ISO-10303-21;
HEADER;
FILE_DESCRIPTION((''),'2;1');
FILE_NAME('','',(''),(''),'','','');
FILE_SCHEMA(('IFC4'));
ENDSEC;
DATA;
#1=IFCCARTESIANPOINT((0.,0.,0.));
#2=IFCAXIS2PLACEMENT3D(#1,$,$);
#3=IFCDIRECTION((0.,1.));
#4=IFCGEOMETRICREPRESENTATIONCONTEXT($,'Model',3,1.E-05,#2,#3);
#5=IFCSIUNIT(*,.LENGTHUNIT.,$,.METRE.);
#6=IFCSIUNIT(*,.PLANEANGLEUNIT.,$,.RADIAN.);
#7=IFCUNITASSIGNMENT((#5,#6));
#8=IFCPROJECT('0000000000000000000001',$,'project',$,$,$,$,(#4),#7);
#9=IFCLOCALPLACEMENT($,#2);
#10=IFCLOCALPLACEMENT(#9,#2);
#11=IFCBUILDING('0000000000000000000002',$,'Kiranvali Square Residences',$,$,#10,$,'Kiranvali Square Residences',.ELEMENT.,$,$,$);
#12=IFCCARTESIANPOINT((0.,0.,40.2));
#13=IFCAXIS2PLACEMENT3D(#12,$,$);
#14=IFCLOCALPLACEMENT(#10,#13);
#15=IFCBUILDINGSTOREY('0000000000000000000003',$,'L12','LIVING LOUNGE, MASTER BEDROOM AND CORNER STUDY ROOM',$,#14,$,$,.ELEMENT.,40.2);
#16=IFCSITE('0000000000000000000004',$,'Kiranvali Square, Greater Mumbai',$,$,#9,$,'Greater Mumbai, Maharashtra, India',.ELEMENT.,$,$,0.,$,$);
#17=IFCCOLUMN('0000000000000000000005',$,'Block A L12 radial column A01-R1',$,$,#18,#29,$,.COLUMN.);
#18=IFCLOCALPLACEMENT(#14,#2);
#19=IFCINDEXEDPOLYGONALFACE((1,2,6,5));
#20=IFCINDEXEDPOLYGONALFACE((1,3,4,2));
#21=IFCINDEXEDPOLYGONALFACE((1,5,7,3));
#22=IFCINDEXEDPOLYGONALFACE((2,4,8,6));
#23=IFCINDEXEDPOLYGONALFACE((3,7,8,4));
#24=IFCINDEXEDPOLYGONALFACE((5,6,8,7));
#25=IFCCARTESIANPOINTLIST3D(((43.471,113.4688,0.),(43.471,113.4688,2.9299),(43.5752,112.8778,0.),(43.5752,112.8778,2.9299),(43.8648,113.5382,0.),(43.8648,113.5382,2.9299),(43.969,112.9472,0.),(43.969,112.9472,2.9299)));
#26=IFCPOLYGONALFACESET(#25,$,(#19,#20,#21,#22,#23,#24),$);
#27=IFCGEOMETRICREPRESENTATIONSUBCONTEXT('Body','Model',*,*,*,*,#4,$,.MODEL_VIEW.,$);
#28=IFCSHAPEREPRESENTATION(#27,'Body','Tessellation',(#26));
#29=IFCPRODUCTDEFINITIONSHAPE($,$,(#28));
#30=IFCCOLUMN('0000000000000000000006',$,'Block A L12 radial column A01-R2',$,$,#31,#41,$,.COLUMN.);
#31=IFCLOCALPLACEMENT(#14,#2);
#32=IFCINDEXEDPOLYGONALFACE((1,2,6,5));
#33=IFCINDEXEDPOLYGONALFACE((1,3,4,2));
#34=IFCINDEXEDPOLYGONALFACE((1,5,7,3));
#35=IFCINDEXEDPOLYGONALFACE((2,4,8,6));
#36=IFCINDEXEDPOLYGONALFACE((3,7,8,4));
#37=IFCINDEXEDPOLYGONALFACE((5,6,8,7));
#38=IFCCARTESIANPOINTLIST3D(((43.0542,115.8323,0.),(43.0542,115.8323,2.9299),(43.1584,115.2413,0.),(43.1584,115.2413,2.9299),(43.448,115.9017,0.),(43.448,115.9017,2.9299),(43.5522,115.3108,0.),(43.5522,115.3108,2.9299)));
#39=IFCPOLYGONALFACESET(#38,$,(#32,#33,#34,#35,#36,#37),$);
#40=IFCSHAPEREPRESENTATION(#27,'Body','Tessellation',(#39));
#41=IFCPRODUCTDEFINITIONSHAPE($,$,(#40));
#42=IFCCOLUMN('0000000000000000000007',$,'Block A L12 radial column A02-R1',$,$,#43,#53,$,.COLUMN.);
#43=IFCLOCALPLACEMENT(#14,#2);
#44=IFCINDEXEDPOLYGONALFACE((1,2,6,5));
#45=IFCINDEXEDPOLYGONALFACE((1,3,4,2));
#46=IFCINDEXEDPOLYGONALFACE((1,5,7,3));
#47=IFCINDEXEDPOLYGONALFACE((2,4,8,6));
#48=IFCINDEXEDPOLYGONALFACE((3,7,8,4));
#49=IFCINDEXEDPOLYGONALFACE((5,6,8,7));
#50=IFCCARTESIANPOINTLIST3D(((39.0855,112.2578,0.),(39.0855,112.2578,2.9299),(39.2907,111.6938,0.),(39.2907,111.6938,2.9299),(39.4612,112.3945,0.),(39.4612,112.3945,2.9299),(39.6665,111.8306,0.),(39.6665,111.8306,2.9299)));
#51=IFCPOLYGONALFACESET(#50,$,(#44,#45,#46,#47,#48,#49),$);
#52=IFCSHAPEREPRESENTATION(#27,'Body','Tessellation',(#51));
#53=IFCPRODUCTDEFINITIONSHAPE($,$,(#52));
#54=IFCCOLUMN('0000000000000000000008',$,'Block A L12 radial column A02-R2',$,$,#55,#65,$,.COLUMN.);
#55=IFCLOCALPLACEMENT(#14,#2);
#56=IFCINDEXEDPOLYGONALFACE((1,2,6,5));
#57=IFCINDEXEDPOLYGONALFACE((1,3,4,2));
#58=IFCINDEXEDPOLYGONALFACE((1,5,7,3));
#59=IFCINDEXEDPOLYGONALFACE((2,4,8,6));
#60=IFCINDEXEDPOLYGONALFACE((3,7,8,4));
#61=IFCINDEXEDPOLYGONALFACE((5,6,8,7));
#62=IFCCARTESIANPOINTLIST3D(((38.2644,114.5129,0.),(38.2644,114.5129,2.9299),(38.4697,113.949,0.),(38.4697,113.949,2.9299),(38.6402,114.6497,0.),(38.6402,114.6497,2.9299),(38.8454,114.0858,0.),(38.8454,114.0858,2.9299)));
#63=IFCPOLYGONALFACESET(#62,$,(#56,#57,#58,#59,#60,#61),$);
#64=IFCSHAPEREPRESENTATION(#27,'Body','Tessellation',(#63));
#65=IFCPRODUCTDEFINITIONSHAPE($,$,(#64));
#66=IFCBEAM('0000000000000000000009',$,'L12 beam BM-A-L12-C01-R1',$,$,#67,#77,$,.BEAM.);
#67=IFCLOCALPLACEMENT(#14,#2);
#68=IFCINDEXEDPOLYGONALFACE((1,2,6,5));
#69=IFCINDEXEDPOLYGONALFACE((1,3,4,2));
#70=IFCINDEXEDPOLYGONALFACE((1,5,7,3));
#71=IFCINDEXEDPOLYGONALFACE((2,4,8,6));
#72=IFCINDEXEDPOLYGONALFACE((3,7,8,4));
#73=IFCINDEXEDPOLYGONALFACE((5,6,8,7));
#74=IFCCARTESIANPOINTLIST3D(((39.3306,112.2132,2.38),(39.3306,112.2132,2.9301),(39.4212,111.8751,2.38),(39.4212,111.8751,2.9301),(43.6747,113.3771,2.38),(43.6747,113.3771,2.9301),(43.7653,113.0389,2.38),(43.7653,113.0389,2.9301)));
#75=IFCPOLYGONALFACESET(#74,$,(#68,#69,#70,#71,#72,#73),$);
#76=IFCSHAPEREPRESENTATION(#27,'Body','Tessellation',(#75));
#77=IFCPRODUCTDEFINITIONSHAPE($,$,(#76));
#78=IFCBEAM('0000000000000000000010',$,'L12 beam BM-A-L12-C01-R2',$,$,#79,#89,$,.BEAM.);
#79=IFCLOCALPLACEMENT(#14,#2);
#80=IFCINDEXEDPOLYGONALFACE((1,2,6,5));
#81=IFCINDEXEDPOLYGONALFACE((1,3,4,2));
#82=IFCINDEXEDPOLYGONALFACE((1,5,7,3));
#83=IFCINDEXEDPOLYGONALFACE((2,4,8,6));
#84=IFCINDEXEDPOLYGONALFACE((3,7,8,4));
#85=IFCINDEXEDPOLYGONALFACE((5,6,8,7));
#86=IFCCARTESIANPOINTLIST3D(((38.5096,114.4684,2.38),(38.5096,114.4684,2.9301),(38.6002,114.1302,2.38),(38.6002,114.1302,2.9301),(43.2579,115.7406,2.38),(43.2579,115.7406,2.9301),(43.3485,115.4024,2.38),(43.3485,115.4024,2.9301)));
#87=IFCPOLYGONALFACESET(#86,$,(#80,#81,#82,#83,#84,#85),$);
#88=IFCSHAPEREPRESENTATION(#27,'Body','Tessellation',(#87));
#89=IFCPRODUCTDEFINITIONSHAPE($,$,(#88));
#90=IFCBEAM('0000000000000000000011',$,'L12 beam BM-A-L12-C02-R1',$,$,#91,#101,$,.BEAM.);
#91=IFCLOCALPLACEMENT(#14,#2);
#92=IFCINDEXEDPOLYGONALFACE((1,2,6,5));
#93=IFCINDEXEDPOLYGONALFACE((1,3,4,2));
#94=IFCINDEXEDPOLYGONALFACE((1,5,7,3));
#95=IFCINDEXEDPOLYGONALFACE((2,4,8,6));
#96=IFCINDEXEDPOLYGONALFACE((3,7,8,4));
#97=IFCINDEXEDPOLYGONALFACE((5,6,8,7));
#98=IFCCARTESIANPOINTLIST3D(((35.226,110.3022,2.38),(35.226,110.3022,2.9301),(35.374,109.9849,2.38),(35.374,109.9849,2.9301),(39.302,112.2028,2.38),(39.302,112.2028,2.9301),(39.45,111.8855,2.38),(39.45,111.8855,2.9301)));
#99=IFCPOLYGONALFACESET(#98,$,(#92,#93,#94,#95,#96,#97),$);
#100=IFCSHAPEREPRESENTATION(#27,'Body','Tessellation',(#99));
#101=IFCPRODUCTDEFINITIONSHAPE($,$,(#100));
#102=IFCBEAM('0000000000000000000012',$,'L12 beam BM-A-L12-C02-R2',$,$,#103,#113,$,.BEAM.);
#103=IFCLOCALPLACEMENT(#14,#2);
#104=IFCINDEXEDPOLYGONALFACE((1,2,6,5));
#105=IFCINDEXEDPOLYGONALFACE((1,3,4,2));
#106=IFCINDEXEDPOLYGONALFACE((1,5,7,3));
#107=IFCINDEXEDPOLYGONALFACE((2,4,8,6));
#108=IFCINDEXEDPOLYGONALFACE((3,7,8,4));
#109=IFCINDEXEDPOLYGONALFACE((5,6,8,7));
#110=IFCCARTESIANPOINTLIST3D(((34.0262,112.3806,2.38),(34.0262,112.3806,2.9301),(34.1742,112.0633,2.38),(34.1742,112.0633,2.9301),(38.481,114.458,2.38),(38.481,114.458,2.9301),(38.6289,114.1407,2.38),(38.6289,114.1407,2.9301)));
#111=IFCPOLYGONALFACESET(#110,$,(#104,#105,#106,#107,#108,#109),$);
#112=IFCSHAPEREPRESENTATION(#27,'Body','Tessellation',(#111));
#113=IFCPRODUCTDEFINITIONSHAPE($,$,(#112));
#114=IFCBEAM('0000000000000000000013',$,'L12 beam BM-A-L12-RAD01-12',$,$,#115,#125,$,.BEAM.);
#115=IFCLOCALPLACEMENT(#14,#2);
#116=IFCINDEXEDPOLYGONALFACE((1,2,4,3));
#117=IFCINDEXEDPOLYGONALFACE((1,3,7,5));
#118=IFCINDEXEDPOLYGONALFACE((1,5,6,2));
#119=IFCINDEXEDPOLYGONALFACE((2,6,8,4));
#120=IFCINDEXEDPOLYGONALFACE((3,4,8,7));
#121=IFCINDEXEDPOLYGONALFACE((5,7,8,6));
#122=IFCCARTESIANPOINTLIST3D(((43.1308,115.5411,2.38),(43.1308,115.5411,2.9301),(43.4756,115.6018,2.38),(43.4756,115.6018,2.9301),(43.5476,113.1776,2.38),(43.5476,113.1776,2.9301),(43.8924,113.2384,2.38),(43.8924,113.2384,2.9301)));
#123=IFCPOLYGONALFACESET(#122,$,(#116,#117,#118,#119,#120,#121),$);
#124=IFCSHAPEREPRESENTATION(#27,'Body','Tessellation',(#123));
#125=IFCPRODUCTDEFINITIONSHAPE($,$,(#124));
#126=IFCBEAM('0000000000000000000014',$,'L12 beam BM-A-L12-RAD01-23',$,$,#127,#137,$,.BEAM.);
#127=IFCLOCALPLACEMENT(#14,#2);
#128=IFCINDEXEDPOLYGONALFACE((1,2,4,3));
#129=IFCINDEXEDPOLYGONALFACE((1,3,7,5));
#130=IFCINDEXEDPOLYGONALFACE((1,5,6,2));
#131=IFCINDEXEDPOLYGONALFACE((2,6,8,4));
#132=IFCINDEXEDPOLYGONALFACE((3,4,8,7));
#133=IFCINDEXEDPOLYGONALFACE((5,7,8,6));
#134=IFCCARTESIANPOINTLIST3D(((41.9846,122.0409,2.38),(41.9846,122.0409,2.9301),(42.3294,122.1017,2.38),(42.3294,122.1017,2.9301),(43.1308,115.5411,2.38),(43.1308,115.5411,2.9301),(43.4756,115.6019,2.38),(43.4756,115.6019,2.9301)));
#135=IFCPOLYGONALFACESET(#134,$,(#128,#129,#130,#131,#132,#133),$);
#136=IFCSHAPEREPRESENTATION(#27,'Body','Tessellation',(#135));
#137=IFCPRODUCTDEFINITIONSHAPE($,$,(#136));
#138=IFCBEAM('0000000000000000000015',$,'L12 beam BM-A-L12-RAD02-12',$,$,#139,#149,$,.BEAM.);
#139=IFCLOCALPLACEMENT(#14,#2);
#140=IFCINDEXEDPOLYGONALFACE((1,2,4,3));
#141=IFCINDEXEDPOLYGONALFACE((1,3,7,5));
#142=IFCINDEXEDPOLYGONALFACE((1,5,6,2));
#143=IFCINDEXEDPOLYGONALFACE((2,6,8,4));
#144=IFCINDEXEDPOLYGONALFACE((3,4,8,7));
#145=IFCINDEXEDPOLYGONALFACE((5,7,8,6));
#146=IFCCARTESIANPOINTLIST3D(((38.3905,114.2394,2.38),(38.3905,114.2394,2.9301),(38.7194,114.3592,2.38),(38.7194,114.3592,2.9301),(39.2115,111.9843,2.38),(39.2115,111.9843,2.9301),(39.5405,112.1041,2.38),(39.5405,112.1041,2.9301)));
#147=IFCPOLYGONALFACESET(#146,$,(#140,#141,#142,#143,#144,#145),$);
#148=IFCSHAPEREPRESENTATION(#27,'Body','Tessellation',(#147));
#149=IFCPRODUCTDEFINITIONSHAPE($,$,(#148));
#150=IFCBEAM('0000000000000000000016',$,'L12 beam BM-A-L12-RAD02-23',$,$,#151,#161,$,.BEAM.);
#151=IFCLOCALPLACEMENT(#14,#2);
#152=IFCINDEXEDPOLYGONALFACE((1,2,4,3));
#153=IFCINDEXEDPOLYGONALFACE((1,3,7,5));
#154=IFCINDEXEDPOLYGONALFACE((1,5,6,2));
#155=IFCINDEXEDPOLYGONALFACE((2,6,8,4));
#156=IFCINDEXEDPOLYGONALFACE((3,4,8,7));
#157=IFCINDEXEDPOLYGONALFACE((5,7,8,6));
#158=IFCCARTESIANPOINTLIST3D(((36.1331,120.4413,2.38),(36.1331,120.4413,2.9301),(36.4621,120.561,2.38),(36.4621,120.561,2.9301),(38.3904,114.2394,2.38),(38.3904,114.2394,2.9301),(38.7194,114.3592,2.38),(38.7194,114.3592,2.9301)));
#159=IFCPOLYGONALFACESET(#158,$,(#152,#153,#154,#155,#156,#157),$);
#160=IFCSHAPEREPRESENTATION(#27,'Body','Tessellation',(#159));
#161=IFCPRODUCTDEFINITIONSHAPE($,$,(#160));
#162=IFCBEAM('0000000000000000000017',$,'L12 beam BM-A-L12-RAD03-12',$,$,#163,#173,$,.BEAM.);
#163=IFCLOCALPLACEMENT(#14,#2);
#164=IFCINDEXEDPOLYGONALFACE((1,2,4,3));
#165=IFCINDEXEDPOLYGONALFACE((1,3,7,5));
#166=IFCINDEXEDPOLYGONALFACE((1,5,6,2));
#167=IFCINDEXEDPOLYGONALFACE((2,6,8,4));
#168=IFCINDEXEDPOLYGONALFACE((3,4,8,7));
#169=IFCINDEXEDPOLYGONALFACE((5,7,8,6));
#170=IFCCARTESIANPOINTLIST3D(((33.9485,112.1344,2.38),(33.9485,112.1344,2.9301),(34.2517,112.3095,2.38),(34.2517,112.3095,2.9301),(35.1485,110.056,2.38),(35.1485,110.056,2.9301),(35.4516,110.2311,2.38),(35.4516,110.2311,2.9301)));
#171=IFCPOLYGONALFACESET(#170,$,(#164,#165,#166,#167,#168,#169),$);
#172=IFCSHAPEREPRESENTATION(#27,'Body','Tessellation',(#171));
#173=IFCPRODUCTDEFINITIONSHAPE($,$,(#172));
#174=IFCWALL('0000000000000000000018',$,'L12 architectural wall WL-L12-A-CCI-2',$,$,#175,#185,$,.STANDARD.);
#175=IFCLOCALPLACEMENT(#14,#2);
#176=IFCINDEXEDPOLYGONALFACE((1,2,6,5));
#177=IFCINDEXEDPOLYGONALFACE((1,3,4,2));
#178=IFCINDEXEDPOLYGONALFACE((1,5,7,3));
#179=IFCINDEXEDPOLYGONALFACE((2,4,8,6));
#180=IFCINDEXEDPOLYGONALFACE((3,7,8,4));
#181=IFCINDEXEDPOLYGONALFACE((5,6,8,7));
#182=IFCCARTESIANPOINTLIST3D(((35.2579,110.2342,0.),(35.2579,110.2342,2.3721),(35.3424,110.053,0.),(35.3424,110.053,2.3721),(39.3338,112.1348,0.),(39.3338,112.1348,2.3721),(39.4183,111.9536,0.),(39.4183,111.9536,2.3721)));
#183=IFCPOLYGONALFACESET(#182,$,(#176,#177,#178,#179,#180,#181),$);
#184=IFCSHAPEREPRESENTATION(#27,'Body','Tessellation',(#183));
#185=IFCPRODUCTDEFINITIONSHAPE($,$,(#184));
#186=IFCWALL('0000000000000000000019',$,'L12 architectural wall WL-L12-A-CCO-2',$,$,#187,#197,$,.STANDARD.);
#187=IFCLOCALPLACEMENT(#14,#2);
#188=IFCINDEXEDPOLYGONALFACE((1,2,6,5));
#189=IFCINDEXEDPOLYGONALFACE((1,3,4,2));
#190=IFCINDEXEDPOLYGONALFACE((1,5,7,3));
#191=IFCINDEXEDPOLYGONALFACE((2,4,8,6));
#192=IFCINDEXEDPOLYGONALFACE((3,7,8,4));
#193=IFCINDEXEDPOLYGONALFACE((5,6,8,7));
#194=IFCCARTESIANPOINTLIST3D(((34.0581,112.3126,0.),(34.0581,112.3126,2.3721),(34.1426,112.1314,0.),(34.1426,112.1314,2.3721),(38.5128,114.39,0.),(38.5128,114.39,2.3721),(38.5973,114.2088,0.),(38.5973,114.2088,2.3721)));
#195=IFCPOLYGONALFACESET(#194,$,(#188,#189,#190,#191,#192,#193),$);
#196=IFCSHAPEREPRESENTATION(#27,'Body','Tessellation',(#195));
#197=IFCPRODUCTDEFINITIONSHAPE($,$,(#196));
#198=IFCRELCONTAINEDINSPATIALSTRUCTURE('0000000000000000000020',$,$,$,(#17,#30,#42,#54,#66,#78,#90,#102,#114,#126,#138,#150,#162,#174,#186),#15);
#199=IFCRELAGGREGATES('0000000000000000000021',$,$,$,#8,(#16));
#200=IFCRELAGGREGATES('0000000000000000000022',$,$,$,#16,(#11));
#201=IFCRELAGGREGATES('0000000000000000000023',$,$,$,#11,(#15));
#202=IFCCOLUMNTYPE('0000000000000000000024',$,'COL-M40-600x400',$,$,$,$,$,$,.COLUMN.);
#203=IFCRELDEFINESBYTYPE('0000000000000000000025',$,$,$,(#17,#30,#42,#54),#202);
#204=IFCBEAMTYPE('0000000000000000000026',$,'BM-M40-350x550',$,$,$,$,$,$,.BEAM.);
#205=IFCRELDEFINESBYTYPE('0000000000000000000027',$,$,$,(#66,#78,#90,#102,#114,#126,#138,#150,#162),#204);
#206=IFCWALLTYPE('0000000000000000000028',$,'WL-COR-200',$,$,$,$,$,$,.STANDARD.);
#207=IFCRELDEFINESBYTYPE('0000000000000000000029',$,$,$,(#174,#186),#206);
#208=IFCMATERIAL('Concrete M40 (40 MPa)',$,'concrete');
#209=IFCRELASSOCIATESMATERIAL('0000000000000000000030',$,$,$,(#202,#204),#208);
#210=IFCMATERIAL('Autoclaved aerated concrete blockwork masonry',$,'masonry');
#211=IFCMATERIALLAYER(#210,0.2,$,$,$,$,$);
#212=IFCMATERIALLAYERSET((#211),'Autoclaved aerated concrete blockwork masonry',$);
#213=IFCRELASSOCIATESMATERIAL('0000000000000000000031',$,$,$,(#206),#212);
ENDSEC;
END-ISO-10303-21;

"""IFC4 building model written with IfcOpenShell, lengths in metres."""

from ifc_helpers import new_model, si_unit, direction, frame, frame_2d, origin, origin_2d, place, context, subcontext, project, spatial, rectangle, extrude, material, layer, layer_set, material_profile, profile_set, type_object, element, save


model = new_model("IFC4")

# Units and contexts
model_context = context("Model", 3, precision=1e-05, world=origin(), true_north=direction((0.0, 1.0)))
body_context = subcontext(model_context, "Body", "Model", "MODEL_VIEW")
ifc_project = project(units=[si_unit("LENGTHUNIT", "METRE"), si_unit("PLANEANGLEUNIT", "RADIAN")], contexts=[model_context])

# Site, building, storey
site_placement = place(None, origin())
site = spatial("IfcSite", under=ifc_project, at=site_placement, Name="Kiranvali Square, Greater Mumbai", LongName="Greater Mumbai, Maharashtra, India", CompositionType="ELEMENT", RefElevation=0.0)
building_placement = place(site_placement, origin())
building = spatial("IfcBuilding", under=site, at=building_placement, Name="Kiranvali Square Residences", LongName="Kiranvali Square Residences", CompositionType="ELEMENT")
storey_placement = place(building_placement, frame((0.0, 0.0, 40.2)))
storey = spatial("IfcBuildingStorey", under=building, at=storey_placement, Name="L12", Description="LIVING LOUNGE, MASTER BEDROOM AND CORNER STUDY ROOM", CompositionType="ELEMENT", Elevation=40.2)

# Columns
ifc_material_1 = material(Name="Concrete M40 (40 MPa)", Category="concrete")
ifc_material_profile_1 = material_profile(ifc_material_1, rectangle(XDim=0.3999, YDim=0.6001, at=origin_2d()), Name="RC 600x400")
ifc_profile_set_1 = profile_set([ifc_material_profile_1], Name="Concrete M40 (40 MPa)")
column_type = type_object("IfcColumnType", Name="COL-M40-600x400", PredefinedType="COLUMN", material=ifc_profile_set_1)
for number, where, z_axis, x_axis, name in (
    (1, (43.72, 113.208, 0.0), (0.0, 0.0, 1.0), (0.984808, 0.173648, 0.0), "Block A L12 radial column A01-R1"),
    (2, (43.3032, 115.5715, 0.0), (0.0, 0.0, 1.0), (0.984808, 0.173648, 0.0), "Block A L12 radial column A01-R2"),
    (3, (39.376, 112.0442, 0.0), (0.0, 0.0, 1.0), (0.939693, 0.34202, 0.0), "Block A L12 radial column A02-R1"),
    (4, (38.5549, 114.2993, 0.0), (0.0, 0.0, 1.0), (0.939693, 0.34202, 0.0), "Block A L12 radial column A02-R2"),
):
    element("IfcColumn", number, at=place(storey_placement, frame(where, z_axis=z_axis, x_axis=x_axis)), inside=storey, type_object=column_type, Name=name, PredefinedType="COLUMN", context=body_context, shape_type="SweptSolid", body=[
        extrude(rectangle(XDim=0.3999, YDim=0.6001, at=origin_2d()), origin(), (0.0, 0.0, 1.0), 2.9299),
    ])

# Beams
ifc_material_profile_2 = material_profile(ifc_material_1, rectangle(XDim=0.3501, YDim=0.55, at=origin_2d()), Name="RC 350x550")
ifc_profile_set_2 = profile_set([ifc_material_profile_2], Name="Concrete M40 (40 MPa)")
beam_type = type_object("IfcBeamType", Name="BM-M40-350x550", PredefinedType="BEAM", material=ifc_profile_set_2)
beam_1_placement = place(storey_placement, frame((43.72, 113.208, 2.655), z_axis=(-0.965934, -0.258788, 0.0), x_axis=(0.258788, -0.965934, 0.0)))
element("IfcBeam", 5, at=beam_1_placement, inside=storey, type_object=beam_type, Name="L12 beam BM-A-L12-C01-R1", PredefinedType="BEAM", context=body_context, shape_type="SweptSolid", body=[
    extrude(rectangle(XDim=0.3501, YDim=0.55, at=origin_2d()), origin(), (0.0, 0.0, 1.0), 4.4973),
])
beam_2_placement = place(storey_placement, frame((43.3032, 115.5715, 2.655), z_axis=(-0.96593, -0.258803, 0.0), x_axis=(0.258803, -0.96593, 0.0)))
element("IfcBeam", 6, at=beam_2_placement, inside=storey, type_object=beam_type, Name="L12 beam BM-A-L12-C01-R2", PredefinedType="BEAM", context=body_context, shape_type="SweptSolid", body=[
    extrude(rectangle(XDim=0.3501, YDim=0.55, at=origin_2d()), origin(), (0.0, 0.0, 1.0), 4.9158),
])
beam_3_placement = place(storey_placement, frame((39.376, 112.0442, 2.655), z_axis=(-0.906308, -0.422618, 0.0), x_axis=(0.422618, -0.906308, 0.0)))
element("IfcBeam", 7, at=beam_3_placement, inside=storey, type_object=beam_type, Name="L12 beam BM-A-L12-C02-R1", PredefinedType="BEAM", context=body_context, shape_type="SweptSolid", body=[
    extrude(rectangle(XDim=0.3501, YDim=0.55, at=origin_2d()), origin(), (0.0, 0.0, 1.0), 4.4973),
])
beam_4_placement = place(storey_placement, frame((38.5549, 114.2993, 2.655), z_axis=(-0.906302, -0.42263, 0.0), x_axis=(0.42263, -0.906302, 0.0)))
element("IfcBeam", 8, at=beam_4_placement, inside=storey, type_object=beam_type, Name="L12 beam BM-A-L12-C02-R2", PredefinedType="BEAM", context=body_context, shape_type="SweptSolid", body=[
    extrude(rectangle(XDim=0.3501, YDim=0.55, at=origin_2d()), origin(), (0.0, 0.0, 1.0), 4.9153),
])
beam_5_placement = place(storey_placement, frame((43.72, 113.208, 2.655), z_axis=(-0.173646, 0.984808, 0.0), x_axis=(-0.984808, -0.173646, 0.0)))
element("IfcBeam", 9, at=beam_5_placement, inside=storey, type_object=beam_type, Name="L12 beam BM-A-L12-RAD01-12", PredefinedType="BEAM", context=body_context, shape_type="SweptSolid", body=[
    extrude(rectangle(XDim=0.3501, YDim=0.55, at=origin_2d()), origin(), (0.0, 0.0, 1.0), 2.3999),
])
beam_6_placement = place(storey_placement, frame((43.3032, 115.5715, 2.655), z_axis=(-0.173671, 0.984804, 0.0), x_axis=(-0.984804, -0.173671, 0.0)))
element("IfcBeam", 10, at=beam_6_placement, inside=storey, type_object=beam_type, Name="L12 beam BM-A-L12-RAD01-23", PredefinedType="BEAM", context=body_context, shape_type="SweptSolid", body=[
    extrude(rectangle(XDim=0.3501, YDim=0.55, at=origin_2d()), origin(), (0.0, 0.0, 1.0), 6.6001),
])
beam_7_placement = place(storey_placement, frame((39.376, 112.0442, 2.655), z_axis=(-0.342111, 0.93966, 0.0), x_axis=(-0.93966, -0.342111, 0.0)))
element("IfcBeam", 11, at=beam_7_placement, inside=storey, type_object=beam_type, Name="L12 beam BM-A-L12-RAD02-12", PredefinedType="BEAM", context=body_context, shape_type="SweptSolid", body=[
    extrude(rectangle(XDim=0.3501, YDim=0.55, at=origin_2d()), origin(), (0.0, 0.0, 1.0), 2.3999),
])
beam_8_placement = place(storey_placement, frame((38.5549, 114.2993, 2.655), z_axis=(-0.342022, 0.939692, 0.0), x_axis=(-0.939692, -0.342022, 0.0)))
element("IfcBeam", 12, at=beam_8_placement, inside=storey, type_object=beam_type, Name="L12 beam BM-A-L12-RAD02-23", PredefinedType="BEAM", context=body_context, shape_type="SweptSolid", body=[
    extrude(rectangle(XDim=0.3501, YDim=0.55, at=origin_2d()), origin(), (0.0, 0.0, 1.0), 6.5999),
])
beam_9_placement = place(storey_placement, frame((35.3, 110.1436, 2.655), z_axis=(-0.500001, 0.866025, 0.0), x_axis=(-0.866025, -0.500001, 0.0)))
element("IfcBeam", 13, at=beam_9_placement, inside=storey, type_object=beam_type, Name="L12 beam BM-A-L12-RAD03-12", PredefinedType="BEAM", context=body_context, shape_type="SweptSolid", body=[
    extrude(rectangle(XDim=0.3501, YDim=0.55, at=origin_2d()), origin(), (0.0, 0.0, 1.0), 2.3999),
])

# Shared definitions
ifc_material_2 = material(Name="Autoclaved aerated concrete blockwork masonry", Category="masonry")
ifc_layer_1 = layer(ifc_material_2, 0.2)
ifc_layer_set_1 = layer_set([ifc_layer_1], Name="Autoclaved aerated concrete blockwork masonry")
wall_type_1 = type_object("IfcWallType", Name="WL-COR-200", PredefinedType="STANDARD", material=ifc_layer_set_1)

# Walls
wall_1_placement = place(storey_placement, frame((39.376, 112.0442, 0.0), z_axis=(0.0, 0.0, 1.0), x_axis=(-0.906308, -0.422618, 0.0)))
element("IfcWall", 14, at=wall_1_placement, inside=storey, type_object=wall_type_1, Name="L12 architectural wall WL-L12-A-CCI-2", PredefinedType="STANDARD", context=body_context, shape_type="SweptSolid", body=[
    extrude(rectangle(XDim=4.4973, YDim=0.2, at=frame_2d((2.2485, 0.0))), origin(), (0.0, 0.0, 1.0), 2.3721),
])
wall_2_placement = place(storey_placement, frame((38.5549, 114.2993, 0.0), z_axis=(0.0, 0.0, 1.0), x_axis=(-0.906302, -0.42263, 0.0)))
element("IfcWall", 15, at=wall_2_placement, inside=storey, type_object=wall_type_1, Name="L12 architectural wall WL-L12-A-CCO-2", PredefinedType="STANDARD", context=body_context, shape_type="SweptSolid", body=[
    extrude(rectangle(XDim=4.9153, YDim=0.2, at=frame_2d((2.4575, 0.0))), origin(), (0.0, 0.0, 1.0), 2.3721),
])

save(model, "model.ifc")
